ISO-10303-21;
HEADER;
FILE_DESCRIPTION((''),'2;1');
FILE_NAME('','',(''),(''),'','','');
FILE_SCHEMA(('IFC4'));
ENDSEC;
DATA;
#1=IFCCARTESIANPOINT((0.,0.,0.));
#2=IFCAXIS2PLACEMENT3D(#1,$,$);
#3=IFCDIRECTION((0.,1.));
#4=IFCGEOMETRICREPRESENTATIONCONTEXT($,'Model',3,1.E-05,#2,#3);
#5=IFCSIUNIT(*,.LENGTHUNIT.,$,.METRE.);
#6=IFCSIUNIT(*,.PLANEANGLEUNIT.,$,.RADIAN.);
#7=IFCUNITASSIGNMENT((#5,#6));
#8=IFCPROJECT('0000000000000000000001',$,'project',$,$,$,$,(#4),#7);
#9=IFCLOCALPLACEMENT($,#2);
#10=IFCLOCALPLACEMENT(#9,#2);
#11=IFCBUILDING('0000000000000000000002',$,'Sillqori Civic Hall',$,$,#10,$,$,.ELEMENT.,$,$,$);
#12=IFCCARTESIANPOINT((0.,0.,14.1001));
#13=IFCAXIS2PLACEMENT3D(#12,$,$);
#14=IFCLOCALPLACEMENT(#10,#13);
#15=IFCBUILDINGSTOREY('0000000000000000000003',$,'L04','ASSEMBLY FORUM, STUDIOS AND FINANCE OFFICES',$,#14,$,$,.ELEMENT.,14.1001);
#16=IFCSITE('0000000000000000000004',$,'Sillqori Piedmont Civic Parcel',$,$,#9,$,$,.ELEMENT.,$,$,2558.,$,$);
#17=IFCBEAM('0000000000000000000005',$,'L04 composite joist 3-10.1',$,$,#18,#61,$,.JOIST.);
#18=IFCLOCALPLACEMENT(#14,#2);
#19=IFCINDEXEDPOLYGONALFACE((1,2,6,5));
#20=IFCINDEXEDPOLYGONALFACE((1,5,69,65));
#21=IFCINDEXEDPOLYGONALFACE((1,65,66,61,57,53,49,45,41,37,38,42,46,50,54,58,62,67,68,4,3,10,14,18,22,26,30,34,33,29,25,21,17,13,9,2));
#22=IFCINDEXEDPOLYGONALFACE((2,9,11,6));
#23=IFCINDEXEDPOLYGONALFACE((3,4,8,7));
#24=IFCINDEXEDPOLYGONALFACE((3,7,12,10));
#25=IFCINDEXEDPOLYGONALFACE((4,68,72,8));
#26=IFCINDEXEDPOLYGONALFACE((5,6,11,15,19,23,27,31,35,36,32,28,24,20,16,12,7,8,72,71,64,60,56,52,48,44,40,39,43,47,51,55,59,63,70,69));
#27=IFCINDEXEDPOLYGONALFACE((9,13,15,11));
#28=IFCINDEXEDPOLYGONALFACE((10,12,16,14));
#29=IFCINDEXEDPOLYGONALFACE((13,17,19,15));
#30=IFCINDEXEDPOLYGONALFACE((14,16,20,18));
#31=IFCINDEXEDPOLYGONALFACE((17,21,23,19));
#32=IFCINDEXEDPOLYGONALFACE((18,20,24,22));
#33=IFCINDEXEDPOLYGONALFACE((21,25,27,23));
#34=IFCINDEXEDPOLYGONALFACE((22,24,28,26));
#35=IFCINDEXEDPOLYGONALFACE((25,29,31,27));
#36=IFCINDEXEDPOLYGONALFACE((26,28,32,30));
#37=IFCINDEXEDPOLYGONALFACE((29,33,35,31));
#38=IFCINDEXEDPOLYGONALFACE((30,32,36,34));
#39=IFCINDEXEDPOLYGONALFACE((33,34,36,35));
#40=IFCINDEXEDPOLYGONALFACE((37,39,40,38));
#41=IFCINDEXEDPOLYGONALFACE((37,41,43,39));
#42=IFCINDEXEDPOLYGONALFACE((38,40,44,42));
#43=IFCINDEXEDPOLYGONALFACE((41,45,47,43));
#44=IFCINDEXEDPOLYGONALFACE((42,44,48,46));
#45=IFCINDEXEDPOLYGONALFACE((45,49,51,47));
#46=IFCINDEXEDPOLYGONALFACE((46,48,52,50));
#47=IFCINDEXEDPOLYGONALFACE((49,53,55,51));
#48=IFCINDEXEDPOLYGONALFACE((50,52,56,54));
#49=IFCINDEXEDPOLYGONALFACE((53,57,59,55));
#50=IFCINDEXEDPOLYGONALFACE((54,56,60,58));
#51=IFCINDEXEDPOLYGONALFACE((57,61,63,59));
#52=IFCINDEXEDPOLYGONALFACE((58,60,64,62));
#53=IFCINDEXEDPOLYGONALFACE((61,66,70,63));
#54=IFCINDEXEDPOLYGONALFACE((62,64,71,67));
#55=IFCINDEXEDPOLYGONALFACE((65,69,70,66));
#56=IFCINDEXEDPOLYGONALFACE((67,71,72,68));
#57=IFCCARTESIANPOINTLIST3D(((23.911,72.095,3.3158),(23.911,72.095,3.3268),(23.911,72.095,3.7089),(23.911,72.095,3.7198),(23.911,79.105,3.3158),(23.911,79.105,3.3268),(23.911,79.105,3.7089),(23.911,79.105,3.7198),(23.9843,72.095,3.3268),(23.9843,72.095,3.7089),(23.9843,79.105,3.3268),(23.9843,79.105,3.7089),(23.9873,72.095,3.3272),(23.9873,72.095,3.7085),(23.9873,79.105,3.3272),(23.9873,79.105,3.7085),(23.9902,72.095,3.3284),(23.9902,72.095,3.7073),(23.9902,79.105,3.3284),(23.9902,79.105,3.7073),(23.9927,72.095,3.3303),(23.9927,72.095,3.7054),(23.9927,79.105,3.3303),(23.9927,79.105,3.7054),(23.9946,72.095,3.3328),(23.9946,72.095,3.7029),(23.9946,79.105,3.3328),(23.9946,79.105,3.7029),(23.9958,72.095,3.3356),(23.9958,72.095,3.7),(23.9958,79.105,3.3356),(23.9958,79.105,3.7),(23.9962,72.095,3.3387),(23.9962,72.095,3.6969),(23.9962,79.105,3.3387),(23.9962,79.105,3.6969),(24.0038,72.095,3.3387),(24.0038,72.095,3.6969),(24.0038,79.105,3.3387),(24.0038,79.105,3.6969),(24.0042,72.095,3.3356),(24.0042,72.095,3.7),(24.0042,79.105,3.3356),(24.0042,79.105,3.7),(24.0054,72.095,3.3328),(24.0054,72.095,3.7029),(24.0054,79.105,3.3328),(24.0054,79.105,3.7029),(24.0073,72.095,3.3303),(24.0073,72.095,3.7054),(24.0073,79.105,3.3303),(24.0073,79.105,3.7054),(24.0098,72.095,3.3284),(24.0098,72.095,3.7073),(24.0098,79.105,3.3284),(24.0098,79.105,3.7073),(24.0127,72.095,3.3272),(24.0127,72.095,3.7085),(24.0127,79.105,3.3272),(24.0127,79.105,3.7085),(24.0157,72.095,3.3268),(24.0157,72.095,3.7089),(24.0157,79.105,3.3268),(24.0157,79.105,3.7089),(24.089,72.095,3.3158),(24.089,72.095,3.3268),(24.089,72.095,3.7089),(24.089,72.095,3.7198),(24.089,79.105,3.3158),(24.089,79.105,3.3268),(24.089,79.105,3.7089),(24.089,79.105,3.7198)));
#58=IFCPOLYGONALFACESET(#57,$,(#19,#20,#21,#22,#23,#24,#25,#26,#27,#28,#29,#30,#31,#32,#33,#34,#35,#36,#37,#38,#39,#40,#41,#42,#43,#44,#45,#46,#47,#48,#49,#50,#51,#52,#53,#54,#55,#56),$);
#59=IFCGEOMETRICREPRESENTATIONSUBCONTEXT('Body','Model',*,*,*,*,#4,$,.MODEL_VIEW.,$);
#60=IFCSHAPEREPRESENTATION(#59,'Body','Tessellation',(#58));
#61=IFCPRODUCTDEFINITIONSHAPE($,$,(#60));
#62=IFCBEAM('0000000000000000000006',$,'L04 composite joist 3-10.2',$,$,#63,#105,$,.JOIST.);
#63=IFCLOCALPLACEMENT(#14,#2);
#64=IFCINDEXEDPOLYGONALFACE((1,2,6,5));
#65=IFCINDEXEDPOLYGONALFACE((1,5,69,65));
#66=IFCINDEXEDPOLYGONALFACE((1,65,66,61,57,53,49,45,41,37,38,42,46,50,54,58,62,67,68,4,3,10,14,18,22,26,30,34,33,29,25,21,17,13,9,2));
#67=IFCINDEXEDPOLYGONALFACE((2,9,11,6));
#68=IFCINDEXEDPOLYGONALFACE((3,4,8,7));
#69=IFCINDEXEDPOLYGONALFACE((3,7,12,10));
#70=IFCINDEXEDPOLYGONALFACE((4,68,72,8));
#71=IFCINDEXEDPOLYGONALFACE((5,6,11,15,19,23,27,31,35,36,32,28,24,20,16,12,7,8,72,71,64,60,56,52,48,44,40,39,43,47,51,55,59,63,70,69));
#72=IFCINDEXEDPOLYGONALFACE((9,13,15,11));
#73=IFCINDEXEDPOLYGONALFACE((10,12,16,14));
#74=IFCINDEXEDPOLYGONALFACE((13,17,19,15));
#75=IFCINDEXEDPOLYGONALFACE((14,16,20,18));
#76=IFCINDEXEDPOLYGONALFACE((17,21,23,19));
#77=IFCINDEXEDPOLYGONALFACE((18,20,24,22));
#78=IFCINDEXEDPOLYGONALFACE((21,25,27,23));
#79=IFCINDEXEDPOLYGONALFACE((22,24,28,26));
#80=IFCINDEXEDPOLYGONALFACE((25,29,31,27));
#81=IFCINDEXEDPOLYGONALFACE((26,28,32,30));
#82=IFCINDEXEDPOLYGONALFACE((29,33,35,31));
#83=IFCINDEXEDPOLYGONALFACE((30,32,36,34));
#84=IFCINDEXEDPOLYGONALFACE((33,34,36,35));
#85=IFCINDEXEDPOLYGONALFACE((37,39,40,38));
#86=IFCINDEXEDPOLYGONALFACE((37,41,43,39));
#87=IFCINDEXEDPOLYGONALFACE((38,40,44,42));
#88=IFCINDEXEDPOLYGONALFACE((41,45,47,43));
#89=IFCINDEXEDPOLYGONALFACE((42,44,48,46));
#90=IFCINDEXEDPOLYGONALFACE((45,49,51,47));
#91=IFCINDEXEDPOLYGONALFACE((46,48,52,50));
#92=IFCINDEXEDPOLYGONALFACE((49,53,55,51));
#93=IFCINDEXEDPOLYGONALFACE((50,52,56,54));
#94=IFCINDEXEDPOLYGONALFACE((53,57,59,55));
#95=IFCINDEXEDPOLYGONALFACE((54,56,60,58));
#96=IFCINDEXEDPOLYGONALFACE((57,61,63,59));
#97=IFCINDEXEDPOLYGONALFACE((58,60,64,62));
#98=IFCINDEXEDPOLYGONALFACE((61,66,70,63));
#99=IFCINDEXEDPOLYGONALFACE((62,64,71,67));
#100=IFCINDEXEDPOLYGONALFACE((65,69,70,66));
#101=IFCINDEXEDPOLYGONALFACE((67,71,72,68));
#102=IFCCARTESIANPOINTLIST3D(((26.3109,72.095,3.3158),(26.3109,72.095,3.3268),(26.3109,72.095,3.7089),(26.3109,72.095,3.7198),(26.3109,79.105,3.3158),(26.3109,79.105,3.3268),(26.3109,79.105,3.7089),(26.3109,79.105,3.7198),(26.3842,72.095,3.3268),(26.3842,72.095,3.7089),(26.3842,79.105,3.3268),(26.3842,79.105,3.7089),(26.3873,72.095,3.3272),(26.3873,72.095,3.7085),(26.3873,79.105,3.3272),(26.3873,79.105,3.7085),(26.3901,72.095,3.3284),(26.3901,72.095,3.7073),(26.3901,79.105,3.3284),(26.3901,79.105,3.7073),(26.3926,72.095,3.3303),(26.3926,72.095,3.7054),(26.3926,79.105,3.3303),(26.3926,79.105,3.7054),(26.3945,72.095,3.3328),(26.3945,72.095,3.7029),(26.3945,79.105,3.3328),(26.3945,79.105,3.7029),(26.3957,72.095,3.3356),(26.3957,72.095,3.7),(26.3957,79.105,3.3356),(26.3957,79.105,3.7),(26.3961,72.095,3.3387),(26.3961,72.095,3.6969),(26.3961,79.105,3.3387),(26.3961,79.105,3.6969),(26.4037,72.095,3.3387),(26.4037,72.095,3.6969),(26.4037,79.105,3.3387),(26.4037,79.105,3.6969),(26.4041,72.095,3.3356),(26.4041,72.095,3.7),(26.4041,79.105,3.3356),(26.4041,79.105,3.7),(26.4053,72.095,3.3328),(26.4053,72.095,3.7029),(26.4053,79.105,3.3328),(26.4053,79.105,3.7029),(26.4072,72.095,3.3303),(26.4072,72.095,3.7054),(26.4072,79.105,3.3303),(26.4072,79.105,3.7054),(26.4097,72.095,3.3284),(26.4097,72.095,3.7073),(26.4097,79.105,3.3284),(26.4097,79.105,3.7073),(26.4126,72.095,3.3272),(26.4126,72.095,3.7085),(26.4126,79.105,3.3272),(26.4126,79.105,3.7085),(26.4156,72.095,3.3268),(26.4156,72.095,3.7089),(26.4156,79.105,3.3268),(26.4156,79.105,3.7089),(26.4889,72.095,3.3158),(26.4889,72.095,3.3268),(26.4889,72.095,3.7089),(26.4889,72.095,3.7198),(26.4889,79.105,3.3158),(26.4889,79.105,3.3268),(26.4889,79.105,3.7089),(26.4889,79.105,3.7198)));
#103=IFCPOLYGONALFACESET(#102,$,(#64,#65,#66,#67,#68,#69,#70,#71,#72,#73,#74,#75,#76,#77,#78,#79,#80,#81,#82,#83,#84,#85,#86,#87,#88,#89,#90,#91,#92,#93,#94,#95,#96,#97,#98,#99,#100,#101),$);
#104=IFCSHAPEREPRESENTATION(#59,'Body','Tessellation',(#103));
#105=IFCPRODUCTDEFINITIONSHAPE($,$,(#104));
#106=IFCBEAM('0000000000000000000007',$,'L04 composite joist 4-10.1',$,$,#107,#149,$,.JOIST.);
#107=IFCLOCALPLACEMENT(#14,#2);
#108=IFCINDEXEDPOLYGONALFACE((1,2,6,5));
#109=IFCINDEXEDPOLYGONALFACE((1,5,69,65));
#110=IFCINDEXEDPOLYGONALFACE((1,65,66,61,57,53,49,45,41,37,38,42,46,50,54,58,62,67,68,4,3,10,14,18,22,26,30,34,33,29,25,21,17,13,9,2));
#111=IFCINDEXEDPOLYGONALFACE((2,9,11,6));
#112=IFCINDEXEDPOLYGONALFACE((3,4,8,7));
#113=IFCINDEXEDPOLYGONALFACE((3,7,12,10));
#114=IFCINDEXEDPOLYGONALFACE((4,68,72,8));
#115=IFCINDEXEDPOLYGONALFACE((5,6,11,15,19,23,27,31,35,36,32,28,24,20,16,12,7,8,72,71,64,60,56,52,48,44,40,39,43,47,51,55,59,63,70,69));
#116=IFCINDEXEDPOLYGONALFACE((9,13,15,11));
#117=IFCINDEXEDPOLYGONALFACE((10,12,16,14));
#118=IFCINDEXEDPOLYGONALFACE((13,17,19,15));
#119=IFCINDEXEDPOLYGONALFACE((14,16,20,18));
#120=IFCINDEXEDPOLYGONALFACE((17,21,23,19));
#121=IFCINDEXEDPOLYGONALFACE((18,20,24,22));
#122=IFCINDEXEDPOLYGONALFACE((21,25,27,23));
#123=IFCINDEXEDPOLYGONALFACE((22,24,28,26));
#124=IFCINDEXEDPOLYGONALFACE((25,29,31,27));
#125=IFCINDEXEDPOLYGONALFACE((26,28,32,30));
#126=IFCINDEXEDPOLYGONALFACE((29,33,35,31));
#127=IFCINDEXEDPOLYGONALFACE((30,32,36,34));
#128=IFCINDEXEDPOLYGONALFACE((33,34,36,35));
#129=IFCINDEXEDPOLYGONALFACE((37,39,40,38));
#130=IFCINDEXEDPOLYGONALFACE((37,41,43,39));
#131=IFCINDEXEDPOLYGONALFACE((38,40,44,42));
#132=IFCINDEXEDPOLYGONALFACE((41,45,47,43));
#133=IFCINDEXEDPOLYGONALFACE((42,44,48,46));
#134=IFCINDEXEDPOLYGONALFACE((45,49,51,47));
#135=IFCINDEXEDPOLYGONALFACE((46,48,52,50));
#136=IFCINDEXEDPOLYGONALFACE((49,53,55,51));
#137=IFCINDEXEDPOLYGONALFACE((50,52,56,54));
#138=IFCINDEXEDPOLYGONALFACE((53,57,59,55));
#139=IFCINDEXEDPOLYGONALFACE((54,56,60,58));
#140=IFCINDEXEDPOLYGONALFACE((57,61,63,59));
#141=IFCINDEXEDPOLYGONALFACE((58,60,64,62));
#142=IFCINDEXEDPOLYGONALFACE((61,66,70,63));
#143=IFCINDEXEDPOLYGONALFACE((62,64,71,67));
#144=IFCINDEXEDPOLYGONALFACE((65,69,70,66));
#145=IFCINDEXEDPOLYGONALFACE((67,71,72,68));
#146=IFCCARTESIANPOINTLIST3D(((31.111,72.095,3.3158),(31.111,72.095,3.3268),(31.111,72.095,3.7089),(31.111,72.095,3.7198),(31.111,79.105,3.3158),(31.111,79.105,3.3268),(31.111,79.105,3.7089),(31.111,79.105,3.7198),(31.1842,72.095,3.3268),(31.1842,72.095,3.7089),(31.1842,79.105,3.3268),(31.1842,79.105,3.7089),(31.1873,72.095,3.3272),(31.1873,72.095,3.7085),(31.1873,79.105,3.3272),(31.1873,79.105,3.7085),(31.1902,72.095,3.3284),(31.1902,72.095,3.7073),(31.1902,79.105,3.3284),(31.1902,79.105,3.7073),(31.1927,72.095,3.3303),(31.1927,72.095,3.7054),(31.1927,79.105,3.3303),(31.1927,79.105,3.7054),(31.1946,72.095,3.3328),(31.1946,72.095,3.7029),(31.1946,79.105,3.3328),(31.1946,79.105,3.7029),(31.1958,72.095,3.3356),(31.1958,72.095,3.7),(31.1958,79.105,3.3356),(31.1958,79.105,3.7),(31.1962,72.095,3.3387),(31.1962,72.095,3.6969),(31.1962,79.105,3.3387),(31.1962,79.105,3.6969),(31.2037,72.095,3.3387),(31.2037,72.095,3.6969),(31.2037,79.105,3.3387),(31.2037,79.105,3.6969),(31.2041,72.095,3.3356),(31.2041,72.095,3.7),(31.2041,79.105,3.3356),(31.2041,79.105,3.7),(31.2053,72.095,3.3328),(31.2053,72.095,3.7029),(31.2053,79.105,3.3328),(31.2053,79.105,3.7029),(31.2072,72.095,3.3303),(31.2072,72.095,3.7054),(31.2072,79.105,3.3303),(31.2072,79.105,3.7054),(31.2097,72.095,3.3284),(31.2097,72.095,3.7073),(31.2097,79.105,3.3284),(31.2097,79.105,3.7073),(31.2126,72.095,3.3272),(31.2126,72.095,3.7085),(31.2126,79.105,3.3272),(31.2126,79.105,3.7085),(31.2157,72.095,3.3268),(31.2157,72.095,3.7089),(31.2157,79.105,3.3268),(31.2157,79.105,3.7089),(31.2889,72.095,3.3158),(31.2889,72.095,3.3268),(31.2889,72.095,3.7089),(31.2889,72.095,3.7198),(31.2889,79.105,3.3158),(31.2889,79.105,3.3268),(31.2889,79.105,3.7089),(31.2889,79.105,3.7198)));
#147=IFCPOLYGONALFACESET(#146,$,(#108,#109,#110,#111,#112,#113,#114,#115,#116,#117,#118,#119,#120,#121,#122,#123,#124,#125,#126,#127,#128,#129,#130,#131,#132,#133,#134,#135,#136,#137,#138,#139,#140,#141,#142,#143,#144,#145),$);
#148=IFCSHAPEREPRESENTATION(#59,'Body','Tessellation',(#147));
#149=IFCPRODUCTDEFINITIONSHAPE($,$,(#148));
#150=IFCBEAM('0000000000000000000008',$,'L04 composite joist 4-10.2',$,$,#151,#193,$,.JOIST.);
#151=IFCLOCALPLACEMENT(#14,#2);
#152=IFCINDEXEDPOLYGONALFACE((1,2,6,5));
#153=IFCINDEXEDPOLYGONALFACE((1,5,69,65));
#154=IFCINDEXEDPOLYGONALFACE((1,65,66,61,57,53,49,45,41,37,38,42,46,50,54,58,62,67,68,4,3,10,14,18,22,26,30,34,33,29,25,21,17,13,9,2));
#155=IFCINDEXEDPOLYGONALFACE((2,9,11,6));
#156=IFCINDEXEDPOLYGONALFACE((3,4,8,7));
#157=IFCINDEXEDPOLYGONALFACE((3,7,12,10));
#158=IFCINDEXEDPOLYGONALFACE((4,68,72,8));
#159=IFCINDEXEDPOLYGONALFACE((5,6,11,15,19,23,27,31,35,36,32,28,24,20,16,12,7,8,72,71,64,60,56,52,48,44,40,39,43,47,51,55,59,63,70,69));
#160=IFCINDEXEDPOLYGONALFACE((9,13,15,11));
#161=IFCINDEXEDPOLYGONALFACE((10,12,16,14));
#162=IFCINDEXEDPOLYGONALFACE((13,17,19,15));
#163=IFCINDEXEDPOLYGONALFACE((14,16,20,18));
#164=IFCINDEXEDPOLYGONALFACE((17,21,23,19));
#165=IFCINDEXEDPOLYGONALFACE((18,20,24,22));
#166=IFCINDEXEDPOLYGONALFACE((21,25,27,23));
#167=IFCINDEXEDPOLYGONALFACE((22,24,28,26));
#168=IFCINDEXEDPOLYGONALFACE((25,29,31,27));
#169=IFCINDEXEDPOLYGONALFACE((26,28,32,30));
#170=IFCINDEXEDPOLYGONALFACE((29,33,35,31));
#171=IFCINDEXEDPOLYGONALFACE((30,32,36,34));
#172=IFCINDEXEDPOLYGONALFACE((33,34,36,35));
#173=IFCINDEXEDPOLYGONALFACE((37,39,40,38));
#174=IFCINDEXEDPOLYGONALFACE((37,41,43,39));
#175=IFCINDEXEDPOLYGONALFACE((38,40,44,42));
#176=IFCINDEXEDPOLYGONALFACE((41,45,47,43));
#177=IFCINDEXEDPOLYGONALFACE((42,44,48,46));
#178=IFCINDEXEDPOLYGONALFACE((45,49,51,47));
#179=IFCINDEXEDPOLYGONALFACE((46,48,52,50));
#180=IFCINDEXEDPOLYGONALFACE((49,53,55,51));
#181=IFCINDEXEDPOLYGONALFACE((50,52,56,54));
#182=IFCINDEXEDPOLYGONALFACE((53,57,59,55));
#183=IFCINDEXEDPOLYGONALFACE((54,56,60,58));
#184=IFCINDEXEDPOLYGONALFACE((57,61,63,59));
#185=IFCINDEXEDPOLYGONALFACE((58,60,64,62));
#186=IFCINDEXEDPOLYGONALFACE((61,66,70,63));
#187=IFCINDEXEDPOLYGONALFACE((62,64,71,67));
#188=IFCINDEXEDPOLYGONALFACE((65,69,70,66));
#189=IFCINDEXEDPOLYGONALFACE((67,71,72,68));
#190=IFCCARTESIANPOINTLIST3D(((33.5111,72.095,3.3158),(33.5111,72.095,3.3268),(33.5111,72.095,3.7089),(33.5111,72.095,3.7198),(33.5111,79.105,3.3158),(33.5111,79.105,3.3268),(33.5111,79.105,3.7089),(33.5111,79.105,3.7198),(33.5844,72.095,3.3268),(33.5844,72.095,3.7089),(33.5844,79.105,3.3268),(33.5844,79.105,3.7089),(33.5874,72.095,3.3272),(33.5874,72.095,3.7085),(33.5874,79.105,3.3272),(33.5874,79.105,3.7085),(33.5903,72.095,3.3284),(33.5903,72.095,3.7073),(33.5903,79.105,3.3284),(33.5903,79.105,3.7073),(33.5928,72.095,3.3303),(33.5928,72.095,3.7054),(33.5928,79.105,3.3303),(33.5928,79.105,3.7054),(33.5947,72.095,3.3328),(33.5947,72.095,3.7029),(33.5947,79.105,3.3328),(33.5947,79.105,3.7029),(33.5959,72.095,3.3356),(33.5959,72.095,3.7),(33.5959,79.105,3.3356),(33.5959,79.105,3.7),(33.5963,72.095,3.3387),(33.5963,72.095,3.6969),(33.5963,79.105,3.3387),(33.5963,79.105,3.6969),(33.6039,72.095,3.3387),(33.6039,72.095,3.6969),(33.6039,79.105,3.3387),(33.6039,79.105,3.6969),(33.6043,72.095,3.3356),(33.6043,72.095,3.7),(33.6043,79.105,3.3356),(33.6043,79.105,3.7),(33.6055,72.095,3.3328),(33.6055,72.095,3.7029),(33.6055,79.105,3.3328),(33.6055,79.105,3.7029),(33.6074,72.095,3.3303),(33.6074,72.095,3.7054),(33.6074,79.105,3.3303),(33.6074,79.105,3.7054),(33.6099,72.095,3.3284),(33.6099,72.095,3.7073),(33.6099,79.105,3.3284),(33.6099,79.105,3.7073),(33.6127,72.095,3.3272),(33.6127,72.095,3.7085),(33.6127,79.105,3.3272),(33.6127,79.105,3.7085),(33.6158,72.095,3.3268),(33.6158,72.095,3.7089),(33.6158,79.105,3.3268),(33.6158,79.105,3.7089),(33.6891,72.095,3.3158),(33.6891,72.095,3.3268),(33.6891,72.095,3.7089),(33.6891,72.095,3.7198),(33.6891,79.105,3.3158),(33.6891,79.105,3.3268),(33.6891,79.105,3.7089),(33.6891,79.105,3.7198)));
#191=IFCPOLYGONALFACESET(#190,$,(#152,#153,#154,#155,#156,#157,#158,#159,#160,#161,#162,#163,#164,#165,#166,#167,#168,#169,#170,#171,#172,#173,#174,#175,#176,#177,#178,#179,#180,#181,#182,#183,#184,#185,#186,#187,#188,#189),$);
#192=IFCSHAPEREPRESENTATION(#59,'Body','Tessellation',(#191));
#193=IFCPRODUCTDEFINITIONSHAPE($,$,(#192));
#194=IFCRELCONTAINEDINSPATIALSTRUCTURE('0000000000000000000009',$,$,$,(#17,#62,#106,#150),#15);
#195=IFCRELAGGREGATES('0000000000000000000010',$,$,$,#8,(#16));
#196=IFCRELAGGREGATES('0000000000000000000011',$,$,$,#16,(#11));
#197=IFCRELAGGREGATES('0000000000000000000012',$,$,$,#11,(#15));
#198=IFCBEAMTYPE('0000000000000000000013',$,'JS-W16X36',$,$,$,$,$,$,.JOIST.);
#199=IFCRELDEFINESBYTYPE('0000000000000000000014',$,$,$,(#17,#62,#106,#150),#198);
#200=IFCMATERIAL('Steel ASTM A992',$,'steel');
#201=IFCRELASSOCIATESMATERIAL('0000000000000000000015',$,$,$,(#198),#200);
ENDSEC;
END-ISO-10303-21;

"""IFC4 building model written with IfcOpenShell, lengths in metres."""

from ifc_helpers import new_model, si_unit, direction, frame, origin, origin_2d, place, context, subcontext, project, spatial, i_section, extrude, material, material_profile, profile_set, type_object, element, save


model = new_model("IFC4")

# Units and contexts
model_context = context("Model", 3, precision=1e-05, world=origin(), true_north=direction((0.0, 1.0)))
body_context = subcontext(model_context, "Body", "Model", "MODEL_VIEW")
ifc_project = project(units=[si_unit("LENGTHUNIT", "METRE"), si_unit("PLANEANGLEUNIT", "RADIAN")], contexts=[model_context])

# Site, building, storey
site_placement = place(None, origin())
site = spatial("IfcSite", under=ifc_project, at=site_placement, Name="Sillqori Piedmont Civic Parcel", CompositionType="ELEMENT", RefElevation=2558.0)
building_placement = place(site_placement, origin())
building = spatial("IfcBuilding", under=site, at=building_placement, Name="Sillqori Civic Hall", CompositionType="ELEMENT")
storey_placement = place(building_placement, frame((0.0, 0.0, 14.1001)))
storey = spatial("IfcBuildingStorey", under=building, at=storey_placement, Name="L04", Description="ASSEMBLY FORUM, STUDIOS AND FINANCE OFFICES", CompositionType="ELEMENT", Elevation=14.1001)

# Shared definitions
ifc_material_1 = material(Name="Steel ASTM A992", Category="steel")

# Beams
ifc_material_profile_1 = material_profile(ifc_material_1, i_section(OverallWidth=0.178, OverallDepth=0.4041, WebThickness=0.0076, FlangeThickness=0.011, FilletRadius=0.012, at=origin_2d()), Name="W16X36")
ifc_profile_set_1 = profile_set([ifc_material_profile_1], Name="Steel ASTM A992")
beam_type_1 = type_object("IfcBeamType", Name="JS-W16X36", PredefinedType="JOIST", material=ifc_profile_set_1)
for number, where, z_axis, x_axis, name in (
    (1, (24.0, 72.095, 3.5178), (0.0, 1.0, 0.0), (-1.0, 0.0, 0.0), "L04 composite joist 3-10.1"),
    (2, (26.3999, 72.095, 3.5178), (0.0, 1.0, 0.0), (-1.0, 0.0, 0.0), "L04 composite joist 3-10.2"),
    (3, (31.2, 72.095, 3.5178), (0.0, 1.0, 0.0), (-1.0, 0.0, 0.0), "L04 composite joist 4-10.1"),
    (4, (33.6001, 72.095, 3.5178), (0.0, 1.0, 0.0), (-1.0, 0.0, 0.0), "L04 composite joist 4-10.2"),
):
    element("IfcBeam", number, at=place(storey_placement, frame(where, z_axis=z_axis, x_axis=x_axis)), inside=storey, type_object=beam_type_1, Name=name, PredefinedType="JOIST", context=body_context, shape_type="SweptSolid", body=[
        extrude(i_section(OverallWidth=0.178, OverallDepth=0.4041, WebThickness=0.0076, FlangeThickness=0.011, FilletRadius=0.012, at=origin_2d()), origin(), (0.0, 0.0, 1.0), 7.01),
    ])

save(model, "model.ifc")
